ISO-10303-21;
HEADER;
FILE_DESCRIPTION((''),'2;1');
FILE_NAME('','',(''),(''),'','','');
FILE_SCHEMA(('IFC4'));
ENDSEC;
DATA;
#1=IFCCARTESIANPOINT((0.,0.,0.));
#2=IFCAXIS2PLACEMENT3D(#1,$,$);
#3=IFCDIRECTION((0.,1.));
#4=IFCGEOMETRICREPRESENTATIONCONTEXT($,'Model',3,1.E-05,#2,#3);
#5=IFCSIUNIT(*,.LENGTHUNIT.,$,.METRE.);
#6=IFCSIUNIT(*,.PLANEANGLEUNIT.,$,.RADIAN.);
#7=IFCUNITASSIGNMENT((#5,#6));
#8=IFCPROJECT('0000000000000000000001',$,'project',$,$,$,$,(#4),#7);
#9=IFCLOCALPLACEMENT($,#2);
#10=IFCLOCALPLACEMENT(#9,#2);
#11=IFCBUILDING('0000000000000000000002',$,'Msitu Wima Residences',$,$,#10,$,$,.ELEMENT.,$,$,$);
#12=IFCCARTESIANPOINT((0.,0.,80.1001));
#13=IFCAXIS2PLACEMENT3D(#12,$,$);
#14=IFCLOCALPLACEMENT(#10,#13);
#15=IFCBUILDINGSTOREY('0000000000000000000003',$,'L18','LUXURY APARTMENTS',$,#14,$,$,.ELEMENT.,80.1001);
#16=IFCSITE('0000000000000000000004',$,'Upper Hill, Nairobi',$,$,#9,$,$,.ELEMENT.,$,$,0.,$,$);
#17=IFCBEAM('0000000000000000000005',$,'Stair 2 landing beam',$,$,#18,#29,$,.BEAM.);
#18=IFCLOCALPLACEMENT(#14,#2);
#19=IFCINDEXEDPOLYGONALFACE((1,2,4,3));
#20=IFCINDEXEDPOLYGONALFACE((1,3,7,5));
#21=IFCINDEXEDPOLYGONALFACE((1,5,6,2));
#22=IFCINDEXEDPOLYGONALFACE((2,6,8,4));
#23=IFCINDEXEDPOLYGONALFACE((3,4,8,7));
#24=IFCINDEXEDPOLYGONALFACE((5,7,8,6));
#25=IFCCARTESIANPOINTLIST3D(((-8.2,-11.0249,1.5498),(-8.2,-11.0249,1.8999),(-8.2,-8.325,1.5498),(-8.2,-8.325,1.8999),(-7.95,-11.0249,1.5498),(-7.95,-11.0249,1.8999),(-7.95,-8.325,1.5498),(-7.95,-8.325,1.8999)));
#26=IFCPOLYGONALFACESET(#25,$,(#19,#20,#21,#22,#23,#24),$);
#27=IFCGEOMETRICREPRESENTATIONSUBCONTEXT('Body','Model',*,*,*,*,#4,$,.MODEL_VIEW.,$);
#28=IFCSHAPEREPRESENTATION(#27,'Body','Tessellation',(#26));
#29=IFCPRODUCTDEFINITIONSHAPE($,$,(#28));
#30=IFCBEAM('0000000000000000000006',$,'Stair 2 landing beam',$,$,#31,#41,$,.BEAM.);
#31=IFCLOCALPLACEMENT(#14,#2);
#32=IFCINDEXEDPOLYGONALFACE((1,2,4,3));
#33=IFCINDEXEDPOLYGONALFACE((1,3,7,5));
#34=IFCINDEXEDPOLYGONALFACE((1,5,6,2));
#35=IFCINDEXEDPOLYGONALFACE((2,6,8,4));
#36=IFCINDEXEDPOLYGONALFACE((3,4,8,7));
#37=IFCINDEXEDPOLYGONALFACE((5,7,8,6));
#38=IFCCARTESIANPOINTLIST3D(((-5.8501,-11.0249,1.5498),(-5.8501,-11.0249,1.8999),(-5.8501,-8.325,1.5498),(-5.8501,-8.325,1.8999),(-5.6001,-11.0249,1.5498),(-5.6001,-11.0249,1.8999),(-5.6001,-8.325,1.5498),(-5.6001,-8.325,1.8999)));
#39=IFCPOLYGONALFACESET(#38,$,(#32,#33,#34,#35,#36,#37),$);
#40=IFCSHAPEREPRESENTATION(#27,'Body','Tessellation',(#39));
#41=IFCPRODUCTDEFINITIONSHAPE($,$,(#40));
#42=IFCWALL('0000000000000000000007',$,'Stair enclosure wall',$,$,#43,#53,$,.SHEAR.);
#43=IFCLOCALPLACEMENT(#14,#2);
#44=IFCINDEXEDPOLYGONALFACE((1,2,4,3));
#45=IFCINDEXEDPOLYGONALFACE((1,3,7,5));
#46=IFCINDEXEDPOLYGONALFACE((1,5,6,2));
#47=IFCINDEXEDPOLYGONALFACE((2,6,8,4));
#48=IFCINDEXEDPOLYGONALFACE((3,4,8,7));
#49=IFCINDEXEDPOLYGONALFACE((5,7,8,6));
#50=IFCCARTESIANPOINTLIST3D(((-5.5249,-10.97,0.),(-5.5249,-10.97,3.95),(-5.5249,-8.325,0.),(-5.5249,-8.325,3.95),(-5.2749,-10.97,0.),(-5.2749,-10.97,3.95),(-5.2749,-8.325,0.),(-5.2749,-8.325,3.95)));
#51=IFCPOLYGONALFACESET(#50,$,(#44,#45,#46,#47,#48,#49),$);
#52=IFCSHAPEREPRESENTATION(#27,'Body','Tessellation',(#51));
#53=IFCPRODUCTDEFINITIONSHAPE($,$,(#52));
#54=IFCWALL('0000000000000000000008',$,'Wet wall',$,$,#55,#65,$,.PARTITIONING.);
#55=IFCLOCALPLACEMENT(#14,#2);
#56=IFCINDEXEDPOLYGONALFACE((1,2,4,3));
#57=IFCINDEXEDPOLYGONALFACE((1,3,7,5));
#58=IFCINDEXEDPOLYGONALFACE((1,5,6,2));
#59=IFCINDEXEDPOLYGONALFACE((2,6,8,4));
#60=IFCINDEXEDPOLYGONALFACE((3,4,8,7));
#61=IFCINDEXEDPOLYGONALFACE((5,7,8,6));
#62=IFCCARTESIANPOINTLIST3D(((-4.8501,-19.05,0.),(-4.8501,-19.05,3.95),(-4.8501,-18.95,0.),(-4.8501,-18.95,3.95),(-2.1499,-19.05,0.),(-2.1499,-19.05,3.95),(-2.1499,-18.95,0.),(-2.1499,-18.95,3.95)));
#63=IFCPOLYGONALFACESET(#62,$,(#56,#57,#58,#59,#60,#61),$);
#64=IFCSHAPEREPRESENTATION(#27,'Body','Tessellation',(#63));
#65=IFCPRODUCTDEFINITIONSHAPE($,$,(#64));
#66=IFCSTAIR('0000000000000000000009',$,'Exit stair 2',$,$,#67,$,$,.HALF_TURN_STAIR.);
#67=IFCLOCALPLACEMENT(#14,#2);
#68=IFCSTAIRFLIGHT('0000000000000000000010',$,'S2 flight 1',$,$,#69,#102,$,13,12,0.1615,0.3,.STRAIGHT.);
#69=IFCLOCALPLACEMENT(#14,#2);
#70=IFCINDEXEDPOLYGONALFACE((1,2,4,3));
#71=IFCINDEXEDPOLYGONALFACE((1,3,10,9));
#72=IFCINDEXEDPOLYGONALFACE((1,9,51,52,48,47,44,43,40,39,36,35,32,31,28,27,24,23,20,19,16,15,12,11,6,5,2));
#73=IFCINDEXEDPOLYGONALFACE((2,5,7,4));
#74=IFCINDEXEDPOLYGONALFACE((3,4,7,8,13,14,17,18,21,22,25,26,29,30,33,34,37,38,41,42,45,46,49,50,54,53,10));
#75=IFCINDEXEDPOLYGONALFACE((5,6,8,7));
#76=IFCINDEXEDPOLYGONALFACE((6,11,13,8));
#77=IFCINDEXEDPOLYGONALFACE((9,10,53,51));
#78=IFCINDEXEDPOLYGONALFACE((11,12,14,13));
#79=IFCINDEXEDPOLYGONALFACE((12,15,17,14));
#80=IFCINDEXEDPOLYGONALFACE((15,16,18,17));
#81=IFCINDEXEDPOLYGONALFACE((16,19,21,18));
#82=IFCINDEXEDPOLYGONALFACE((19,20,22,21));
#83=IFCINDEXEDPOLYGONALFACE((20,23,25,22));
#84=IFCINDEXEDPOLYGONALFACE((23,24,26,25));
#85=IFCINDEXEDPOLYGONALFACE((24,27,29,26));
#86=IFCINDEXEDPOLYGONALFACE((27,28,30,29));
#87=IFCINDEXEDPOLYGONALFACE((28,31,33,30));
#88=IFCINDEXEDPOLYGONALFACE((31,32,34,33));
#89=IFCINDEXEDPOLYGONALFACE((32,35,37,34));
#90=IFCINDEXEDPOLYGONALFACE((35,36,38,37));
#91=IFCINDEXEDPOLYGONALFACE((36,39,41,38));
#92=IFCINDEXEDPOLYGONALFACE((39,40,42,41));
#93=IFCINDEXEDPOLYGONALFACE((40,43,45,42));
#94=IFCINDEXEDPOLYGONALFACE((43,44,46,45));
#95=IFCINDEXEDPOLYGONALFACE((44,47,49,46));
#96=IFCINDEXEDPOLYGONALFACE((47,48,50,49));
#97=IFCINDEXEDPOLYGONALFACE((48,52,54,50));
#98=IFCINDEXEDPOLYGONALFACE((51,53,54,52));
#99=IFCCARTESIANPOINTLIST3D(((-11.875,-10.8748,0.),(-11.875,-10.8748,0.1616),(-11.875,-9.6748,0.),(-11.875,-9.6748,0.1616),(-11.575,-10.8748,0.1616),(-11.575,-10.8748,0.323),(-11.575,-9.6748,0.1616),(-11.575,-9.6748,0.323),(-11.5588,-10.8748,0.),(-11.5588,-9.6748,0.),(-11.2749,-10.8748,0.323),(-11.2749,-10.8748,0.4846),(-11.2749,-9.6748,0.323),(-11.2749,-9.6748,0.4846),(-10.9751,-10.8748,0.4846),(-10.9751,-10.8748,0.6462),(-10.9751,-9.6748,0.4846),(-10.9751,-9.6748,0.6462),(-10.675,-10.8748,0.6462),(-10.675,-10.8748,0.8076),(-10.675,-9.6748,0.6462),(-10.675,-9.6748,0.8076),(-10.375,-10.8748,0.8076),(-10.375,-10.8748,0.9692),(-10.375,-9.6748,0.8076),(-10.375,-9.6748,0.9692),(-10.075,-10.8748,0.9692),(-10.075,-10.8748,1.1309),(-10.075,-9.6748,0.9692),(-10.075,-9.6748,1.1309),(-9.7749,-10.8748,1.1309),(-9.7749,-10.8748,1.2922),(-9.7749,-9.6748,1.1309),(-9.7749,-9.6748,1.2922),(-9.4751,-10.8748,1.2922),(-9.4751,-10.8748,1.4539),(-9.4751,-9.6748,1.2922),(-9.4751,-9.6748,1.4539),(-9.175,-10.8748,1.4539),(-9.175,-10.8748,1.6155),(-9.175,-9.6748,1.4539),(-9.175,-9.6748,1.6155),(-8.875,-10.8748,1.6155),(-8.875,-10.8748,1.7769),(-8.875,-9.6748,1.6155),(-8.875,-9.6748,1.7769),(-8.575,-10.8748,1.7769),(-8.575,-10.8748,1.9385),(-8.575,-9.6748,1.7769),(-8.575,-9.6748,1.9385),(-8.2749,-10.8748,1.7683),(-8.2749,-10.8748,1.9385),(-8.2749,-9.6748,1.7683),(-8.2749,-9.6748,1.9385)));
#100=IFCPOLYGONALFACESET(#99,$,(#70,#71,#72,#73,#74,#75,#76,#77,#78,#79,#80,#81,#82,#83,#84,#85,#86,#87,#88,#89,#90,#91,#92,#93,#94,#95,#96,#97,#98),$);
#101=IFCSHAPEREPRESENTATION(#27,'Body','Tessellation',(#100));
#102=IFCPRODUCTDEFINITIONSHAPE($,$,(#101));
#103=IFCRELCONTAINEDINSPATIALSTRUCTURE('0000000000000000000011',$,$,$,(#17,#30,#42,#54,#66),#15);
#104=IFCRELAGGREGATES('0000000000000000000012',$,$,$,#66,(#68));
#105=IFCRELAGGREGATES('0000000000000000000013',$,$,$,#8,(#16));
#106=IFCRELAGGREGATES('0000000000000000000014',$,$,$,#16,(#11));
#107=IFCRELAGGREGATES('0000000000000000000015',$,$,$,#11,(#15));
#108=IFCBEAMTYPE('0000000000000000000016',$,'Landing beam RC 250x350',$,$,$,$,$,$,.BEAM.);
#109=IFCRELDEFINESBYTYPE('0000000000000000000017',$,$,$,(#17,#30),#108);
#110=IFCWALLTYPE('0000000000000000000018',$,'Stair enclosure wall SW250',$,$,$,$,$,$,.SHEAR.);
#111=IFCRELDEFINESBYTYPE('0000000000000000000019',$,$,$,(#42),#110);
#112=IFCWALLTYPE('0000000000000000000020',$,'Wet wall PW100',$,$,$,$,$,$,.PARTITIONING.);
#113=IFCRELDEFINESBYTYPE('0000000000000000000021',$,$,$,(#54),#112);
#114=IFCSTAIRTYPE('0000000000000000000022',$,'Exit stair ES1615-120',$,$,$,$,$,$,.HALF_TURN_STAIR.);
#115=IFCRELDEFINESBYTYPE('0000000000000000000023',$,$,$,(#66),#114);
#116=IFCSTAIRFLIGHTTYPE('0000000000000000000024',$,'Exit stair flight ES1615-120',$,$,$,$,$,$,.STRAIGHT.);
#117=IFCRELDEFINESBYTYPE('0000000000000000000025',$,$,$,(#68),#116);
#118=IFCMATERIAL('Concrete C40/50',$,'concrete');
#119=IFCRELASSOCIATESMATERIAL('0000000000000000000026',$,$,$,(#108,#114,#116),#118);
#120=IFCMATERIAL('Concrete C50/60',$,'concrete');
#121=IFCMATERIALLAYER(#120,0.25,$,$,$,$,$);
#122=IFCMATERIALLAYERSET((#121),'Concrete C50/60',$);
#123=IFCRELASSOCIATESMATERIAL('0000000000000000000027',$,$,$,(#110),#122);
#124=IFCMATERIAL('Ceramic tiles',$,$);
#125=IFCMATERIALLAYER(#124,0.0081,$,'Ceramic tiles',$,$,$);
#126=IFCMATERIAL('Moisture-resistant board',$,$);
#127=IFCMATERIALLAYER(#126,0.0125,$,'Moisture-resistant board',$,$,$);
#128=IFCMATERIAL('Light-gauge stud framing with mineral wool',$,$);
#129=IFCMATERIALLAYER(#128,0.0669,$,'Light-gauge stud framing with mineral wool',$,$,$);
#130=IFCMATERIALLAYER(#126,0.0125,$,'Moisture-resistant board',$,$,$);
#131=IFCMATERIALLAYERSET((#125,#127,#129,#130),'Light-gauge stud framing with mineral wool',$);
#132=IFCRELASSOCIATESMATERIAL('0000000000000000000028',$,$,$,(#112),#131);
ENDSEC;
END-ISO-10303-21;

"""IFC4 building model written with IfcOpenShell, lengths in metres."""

from ifc_helpers import new_model, si_unit, direction, frame, frame_2d, origin, origin_2d, place, context, subcontext, project, spatial, polyline, rectangle, outline, extrude, material, layer, layer_set, material_profile, profile_set, type_object, element, aggregate, save


model = new_model("IFC4")

# Units and contexts
model_context = context("Model", 3, precision=1e-05, world=origin(), true_north=direction((0.0, 1.0)))
body_context = subcontext(model_context, "Body", "Model", "MODEL_VIEW")
ifc_project = project(units=[si_unit("LENGTHUNIT", "METRE"), si_unit("PLANEANGLEUNIT", "RADIAN")], contexts=[model_context])

# Site, building, storey
site_placement = place(None, origin())
site = spatial("IfcSite", under=ifc_project, at=site_placement, Name="Upper Hill, Nairobi", CompositionType="ELEMENT", RefElevation=0.0)
building_placement = place(site_placement, origin())
building = spatial("IfcBuilding", under=site, at=building_placement, Name="Msitu Wima Residences", CompositionType="ELEMENT")
storey_placement = place(building_placement, frame((0.0, 0.0, 80.1001)))
storey = spatial("IfcBuildingStorey", under=building, at=storey_placement, Name="L18", Description="LUXURY APARTMENTS", CompositionType="ELEMENT", Elevation=80.1001)

# Beams
ifc_material_1 = material(Name="Concrete C40/50", Category="concrete")
ifc_material_profile = material_profile(ifc_material_1, rectangle(XDim=0.25, YDim=0.3501, at=origin_2d()), Name="RC 250x350")
ifc_profile_set = profile_set([ifc_material_profile], Name="Concrete C40/50")
beam_type = type_object("IfcBeamType", Name="Landing beam RC 250x350", PredefinedType="BEAM", material=ifc_profile_set)
for number, where, z_axis, x_axis, name in (
    (1, (-8.075, -11.0249, 1.7249), (0.0, 1.0, 0.0), (-1.0, 0.0, 0.0), "Stair 2 landing beam"),
    (2, (-5.7251, -11.0249, 1.7249), (0.0, 1.0, 0.0), (-1.0, 0.0, 0.0), "Stair 2 landing beam"),
):
    element("IfcBeam", number, at=place(storey_placement, frame(where, z_axis=z_axis, x_axis=x_axis)), inside=storey, type_object=beam_type, Name=name, PredefinedType="BEAM", context=body_context, shape_type="SweptSolid", body=[
        extrude(rectangle(XDim=0.25, YDim=0.3501, at=origin_2d()), origin(), (0.0, 0.0, 1.0), 2.7),
    ])

# Walls
ifc_material_2 = material(Name="Concrete C50/60", Category="concrete")
ifc_layer_1 = layer(ifc_material_2, 0.25)
ifc_layer_set_1 = layer_set([ifc_layer_1], Name="Concrete C50/60")
wall_type_1 = type_object("IfcWallType", Name="Stair enclosure wall SW250", PredefinedType="SHEAR", material=ifc_layer_set_1)
wall_1_placement = place(storey_placement, frame((-5.3999, -10.97, 0.0), z_axis=(0.0, 0.0, 1.0), x_axis=(0.0, 1.0, 0.0)))
element("IfcWall", 3, at=wall_1_placement, inside=storey, type_object=wall_type_1, Name="Stair enclosure wall", PredefinedType="SHEAR", context=body_context, shape_type="SweptSolid", body=[
    extrude(rectangle(XDim=2.645, YDim=0.25, at=frame_2d((1.3225, 0.0))), origin(), (0.0, 0.0, 1.0), 3.95),
])
ifc_material_3 = material(Name="Ceramic tiles")
ifc_layer_2 = layer(ifc_material_3, 0.0081, Name="Ceramic tiles")
ifc_material_4 = material(Name="Moisture-resistant board")
ifc_layer_3 = layer(ifc_material_4, 0.0125, Name="Moisture-resistant board")
ifc_material_5 = material(Name="Light-gauge stud framing with mineral wool")
ifc_layer_4 = layer(ifc_material_5, 0.0669, Name="Light-gauge stud framing with mineral wool")
ifc_layer_5 = layer(ifc_material_4, 0.0125, Name="Moisture-resistant board")
ifc_layer_set_2 = layer_set([ifc_layer_2, ifc_layer_3, ifc_layer_4, ifc_layer_5], Name="Light-gauge stud framing with mineral wool")
wall_type_2 = type_object("IfcWallType", Name="Wet wall PW100", PredefinedType="PARTITIONING", material=ifc_layer_set_2)
wall_2_placement = place(storey_placement, frame((-4.8501, -19.0, 0.0), z_axis=(0.0, 0.0, 1.0), x_axis=(1.0, 0.0, 0.0)))
element("IfcWall", 4, at=wall_2_placement, inside=storey, type_object=wall_type_2, Name="Wet wall", PredefinedType="PARTITIONING", context=body_context, shape_type="SweptSolid", body=[
    extrude(rectangle(XDim=2.7002, YDim=0.1001, at=frame_2d((1.3501, 0.0))), origin(), (0.0, 0.0, 1.0), 3.95),
])

# Stair, stair flight
stair_type = type_object("IfcStairType", Name="Exit stair ES1615-120", PredefinedType="HALF_TURN_STAIR", material=ifc_material_1)
stair_placement = place(storey_placement, origin())
stair = element("IfcStair", 5, at=stair_placement, inside=storey, type_object=stair_type, Name="Exit stair 2", PredefinedType="HALF_TURN_STAIR")
stair_flight_type = type_object("IfcStairFlightType", Name="Exit stair flight ES1615-120", PredefinedType="STRAIGHT", material=ifc_material_1)
stair_flight_placement = place(storey_placement, frame((-11.875, -10.2749, 0.0), z_axis=(0.0, 0.0, 1.0), x_axis=(1.0, 0.0, 0.0)))
stair_flight = element("IfcStairFlight", 6, at=stair_flight_placement, type_object=stair_flight_type, Name="S2 flight 1", NumberOfRisers=13, NumberOfTreads=12, PredefinedType="STRAIGHT", RiserHeight=0.1615, TreadLength=0.3, context=body_context, shape_type="SweptSolid", body=[
    extrude(outline(polyline([(0.0, 0.0), (0.0, 0.1616), (0.3, 0.1616), (0.3, 0.323), (0.6001, 0.323), (0.6001, 0.4846), (0.8999, 0.4846), (0.8999, 0.6462), (1.2, 0.6462), (1.2, 0.8076), (1.5, 0.8076), (1.5, 0.9692), (1.8, 0.9692), (1.8, 1.1309), (2.1001, 1.1309), (2.1001, 1.2922), (2.3999, 1.2922), (2.3999, 1.4539), (2.7, 1.4539), (2.7, 1.6155), (3.0, 1.6155), (3.0, 1.7769), (3.3, 1.7769), (3.3, 1.9385), (3.6001, 1.9385), (3.6001, 2.1001), (3.6001, 1.7683), (0.3162, 0.0), (0.0, 0.0)])), frame((0.0, 0.6001, 0.0), z_axis=(0.0, -1.0, 0.0), x_axis=(1.0, 0.0, 0.0)), (0.0, 0.0, 1.0), 1.2),
])
aggregate(stair, [stair_flight])

save(model, "model.ifc")
